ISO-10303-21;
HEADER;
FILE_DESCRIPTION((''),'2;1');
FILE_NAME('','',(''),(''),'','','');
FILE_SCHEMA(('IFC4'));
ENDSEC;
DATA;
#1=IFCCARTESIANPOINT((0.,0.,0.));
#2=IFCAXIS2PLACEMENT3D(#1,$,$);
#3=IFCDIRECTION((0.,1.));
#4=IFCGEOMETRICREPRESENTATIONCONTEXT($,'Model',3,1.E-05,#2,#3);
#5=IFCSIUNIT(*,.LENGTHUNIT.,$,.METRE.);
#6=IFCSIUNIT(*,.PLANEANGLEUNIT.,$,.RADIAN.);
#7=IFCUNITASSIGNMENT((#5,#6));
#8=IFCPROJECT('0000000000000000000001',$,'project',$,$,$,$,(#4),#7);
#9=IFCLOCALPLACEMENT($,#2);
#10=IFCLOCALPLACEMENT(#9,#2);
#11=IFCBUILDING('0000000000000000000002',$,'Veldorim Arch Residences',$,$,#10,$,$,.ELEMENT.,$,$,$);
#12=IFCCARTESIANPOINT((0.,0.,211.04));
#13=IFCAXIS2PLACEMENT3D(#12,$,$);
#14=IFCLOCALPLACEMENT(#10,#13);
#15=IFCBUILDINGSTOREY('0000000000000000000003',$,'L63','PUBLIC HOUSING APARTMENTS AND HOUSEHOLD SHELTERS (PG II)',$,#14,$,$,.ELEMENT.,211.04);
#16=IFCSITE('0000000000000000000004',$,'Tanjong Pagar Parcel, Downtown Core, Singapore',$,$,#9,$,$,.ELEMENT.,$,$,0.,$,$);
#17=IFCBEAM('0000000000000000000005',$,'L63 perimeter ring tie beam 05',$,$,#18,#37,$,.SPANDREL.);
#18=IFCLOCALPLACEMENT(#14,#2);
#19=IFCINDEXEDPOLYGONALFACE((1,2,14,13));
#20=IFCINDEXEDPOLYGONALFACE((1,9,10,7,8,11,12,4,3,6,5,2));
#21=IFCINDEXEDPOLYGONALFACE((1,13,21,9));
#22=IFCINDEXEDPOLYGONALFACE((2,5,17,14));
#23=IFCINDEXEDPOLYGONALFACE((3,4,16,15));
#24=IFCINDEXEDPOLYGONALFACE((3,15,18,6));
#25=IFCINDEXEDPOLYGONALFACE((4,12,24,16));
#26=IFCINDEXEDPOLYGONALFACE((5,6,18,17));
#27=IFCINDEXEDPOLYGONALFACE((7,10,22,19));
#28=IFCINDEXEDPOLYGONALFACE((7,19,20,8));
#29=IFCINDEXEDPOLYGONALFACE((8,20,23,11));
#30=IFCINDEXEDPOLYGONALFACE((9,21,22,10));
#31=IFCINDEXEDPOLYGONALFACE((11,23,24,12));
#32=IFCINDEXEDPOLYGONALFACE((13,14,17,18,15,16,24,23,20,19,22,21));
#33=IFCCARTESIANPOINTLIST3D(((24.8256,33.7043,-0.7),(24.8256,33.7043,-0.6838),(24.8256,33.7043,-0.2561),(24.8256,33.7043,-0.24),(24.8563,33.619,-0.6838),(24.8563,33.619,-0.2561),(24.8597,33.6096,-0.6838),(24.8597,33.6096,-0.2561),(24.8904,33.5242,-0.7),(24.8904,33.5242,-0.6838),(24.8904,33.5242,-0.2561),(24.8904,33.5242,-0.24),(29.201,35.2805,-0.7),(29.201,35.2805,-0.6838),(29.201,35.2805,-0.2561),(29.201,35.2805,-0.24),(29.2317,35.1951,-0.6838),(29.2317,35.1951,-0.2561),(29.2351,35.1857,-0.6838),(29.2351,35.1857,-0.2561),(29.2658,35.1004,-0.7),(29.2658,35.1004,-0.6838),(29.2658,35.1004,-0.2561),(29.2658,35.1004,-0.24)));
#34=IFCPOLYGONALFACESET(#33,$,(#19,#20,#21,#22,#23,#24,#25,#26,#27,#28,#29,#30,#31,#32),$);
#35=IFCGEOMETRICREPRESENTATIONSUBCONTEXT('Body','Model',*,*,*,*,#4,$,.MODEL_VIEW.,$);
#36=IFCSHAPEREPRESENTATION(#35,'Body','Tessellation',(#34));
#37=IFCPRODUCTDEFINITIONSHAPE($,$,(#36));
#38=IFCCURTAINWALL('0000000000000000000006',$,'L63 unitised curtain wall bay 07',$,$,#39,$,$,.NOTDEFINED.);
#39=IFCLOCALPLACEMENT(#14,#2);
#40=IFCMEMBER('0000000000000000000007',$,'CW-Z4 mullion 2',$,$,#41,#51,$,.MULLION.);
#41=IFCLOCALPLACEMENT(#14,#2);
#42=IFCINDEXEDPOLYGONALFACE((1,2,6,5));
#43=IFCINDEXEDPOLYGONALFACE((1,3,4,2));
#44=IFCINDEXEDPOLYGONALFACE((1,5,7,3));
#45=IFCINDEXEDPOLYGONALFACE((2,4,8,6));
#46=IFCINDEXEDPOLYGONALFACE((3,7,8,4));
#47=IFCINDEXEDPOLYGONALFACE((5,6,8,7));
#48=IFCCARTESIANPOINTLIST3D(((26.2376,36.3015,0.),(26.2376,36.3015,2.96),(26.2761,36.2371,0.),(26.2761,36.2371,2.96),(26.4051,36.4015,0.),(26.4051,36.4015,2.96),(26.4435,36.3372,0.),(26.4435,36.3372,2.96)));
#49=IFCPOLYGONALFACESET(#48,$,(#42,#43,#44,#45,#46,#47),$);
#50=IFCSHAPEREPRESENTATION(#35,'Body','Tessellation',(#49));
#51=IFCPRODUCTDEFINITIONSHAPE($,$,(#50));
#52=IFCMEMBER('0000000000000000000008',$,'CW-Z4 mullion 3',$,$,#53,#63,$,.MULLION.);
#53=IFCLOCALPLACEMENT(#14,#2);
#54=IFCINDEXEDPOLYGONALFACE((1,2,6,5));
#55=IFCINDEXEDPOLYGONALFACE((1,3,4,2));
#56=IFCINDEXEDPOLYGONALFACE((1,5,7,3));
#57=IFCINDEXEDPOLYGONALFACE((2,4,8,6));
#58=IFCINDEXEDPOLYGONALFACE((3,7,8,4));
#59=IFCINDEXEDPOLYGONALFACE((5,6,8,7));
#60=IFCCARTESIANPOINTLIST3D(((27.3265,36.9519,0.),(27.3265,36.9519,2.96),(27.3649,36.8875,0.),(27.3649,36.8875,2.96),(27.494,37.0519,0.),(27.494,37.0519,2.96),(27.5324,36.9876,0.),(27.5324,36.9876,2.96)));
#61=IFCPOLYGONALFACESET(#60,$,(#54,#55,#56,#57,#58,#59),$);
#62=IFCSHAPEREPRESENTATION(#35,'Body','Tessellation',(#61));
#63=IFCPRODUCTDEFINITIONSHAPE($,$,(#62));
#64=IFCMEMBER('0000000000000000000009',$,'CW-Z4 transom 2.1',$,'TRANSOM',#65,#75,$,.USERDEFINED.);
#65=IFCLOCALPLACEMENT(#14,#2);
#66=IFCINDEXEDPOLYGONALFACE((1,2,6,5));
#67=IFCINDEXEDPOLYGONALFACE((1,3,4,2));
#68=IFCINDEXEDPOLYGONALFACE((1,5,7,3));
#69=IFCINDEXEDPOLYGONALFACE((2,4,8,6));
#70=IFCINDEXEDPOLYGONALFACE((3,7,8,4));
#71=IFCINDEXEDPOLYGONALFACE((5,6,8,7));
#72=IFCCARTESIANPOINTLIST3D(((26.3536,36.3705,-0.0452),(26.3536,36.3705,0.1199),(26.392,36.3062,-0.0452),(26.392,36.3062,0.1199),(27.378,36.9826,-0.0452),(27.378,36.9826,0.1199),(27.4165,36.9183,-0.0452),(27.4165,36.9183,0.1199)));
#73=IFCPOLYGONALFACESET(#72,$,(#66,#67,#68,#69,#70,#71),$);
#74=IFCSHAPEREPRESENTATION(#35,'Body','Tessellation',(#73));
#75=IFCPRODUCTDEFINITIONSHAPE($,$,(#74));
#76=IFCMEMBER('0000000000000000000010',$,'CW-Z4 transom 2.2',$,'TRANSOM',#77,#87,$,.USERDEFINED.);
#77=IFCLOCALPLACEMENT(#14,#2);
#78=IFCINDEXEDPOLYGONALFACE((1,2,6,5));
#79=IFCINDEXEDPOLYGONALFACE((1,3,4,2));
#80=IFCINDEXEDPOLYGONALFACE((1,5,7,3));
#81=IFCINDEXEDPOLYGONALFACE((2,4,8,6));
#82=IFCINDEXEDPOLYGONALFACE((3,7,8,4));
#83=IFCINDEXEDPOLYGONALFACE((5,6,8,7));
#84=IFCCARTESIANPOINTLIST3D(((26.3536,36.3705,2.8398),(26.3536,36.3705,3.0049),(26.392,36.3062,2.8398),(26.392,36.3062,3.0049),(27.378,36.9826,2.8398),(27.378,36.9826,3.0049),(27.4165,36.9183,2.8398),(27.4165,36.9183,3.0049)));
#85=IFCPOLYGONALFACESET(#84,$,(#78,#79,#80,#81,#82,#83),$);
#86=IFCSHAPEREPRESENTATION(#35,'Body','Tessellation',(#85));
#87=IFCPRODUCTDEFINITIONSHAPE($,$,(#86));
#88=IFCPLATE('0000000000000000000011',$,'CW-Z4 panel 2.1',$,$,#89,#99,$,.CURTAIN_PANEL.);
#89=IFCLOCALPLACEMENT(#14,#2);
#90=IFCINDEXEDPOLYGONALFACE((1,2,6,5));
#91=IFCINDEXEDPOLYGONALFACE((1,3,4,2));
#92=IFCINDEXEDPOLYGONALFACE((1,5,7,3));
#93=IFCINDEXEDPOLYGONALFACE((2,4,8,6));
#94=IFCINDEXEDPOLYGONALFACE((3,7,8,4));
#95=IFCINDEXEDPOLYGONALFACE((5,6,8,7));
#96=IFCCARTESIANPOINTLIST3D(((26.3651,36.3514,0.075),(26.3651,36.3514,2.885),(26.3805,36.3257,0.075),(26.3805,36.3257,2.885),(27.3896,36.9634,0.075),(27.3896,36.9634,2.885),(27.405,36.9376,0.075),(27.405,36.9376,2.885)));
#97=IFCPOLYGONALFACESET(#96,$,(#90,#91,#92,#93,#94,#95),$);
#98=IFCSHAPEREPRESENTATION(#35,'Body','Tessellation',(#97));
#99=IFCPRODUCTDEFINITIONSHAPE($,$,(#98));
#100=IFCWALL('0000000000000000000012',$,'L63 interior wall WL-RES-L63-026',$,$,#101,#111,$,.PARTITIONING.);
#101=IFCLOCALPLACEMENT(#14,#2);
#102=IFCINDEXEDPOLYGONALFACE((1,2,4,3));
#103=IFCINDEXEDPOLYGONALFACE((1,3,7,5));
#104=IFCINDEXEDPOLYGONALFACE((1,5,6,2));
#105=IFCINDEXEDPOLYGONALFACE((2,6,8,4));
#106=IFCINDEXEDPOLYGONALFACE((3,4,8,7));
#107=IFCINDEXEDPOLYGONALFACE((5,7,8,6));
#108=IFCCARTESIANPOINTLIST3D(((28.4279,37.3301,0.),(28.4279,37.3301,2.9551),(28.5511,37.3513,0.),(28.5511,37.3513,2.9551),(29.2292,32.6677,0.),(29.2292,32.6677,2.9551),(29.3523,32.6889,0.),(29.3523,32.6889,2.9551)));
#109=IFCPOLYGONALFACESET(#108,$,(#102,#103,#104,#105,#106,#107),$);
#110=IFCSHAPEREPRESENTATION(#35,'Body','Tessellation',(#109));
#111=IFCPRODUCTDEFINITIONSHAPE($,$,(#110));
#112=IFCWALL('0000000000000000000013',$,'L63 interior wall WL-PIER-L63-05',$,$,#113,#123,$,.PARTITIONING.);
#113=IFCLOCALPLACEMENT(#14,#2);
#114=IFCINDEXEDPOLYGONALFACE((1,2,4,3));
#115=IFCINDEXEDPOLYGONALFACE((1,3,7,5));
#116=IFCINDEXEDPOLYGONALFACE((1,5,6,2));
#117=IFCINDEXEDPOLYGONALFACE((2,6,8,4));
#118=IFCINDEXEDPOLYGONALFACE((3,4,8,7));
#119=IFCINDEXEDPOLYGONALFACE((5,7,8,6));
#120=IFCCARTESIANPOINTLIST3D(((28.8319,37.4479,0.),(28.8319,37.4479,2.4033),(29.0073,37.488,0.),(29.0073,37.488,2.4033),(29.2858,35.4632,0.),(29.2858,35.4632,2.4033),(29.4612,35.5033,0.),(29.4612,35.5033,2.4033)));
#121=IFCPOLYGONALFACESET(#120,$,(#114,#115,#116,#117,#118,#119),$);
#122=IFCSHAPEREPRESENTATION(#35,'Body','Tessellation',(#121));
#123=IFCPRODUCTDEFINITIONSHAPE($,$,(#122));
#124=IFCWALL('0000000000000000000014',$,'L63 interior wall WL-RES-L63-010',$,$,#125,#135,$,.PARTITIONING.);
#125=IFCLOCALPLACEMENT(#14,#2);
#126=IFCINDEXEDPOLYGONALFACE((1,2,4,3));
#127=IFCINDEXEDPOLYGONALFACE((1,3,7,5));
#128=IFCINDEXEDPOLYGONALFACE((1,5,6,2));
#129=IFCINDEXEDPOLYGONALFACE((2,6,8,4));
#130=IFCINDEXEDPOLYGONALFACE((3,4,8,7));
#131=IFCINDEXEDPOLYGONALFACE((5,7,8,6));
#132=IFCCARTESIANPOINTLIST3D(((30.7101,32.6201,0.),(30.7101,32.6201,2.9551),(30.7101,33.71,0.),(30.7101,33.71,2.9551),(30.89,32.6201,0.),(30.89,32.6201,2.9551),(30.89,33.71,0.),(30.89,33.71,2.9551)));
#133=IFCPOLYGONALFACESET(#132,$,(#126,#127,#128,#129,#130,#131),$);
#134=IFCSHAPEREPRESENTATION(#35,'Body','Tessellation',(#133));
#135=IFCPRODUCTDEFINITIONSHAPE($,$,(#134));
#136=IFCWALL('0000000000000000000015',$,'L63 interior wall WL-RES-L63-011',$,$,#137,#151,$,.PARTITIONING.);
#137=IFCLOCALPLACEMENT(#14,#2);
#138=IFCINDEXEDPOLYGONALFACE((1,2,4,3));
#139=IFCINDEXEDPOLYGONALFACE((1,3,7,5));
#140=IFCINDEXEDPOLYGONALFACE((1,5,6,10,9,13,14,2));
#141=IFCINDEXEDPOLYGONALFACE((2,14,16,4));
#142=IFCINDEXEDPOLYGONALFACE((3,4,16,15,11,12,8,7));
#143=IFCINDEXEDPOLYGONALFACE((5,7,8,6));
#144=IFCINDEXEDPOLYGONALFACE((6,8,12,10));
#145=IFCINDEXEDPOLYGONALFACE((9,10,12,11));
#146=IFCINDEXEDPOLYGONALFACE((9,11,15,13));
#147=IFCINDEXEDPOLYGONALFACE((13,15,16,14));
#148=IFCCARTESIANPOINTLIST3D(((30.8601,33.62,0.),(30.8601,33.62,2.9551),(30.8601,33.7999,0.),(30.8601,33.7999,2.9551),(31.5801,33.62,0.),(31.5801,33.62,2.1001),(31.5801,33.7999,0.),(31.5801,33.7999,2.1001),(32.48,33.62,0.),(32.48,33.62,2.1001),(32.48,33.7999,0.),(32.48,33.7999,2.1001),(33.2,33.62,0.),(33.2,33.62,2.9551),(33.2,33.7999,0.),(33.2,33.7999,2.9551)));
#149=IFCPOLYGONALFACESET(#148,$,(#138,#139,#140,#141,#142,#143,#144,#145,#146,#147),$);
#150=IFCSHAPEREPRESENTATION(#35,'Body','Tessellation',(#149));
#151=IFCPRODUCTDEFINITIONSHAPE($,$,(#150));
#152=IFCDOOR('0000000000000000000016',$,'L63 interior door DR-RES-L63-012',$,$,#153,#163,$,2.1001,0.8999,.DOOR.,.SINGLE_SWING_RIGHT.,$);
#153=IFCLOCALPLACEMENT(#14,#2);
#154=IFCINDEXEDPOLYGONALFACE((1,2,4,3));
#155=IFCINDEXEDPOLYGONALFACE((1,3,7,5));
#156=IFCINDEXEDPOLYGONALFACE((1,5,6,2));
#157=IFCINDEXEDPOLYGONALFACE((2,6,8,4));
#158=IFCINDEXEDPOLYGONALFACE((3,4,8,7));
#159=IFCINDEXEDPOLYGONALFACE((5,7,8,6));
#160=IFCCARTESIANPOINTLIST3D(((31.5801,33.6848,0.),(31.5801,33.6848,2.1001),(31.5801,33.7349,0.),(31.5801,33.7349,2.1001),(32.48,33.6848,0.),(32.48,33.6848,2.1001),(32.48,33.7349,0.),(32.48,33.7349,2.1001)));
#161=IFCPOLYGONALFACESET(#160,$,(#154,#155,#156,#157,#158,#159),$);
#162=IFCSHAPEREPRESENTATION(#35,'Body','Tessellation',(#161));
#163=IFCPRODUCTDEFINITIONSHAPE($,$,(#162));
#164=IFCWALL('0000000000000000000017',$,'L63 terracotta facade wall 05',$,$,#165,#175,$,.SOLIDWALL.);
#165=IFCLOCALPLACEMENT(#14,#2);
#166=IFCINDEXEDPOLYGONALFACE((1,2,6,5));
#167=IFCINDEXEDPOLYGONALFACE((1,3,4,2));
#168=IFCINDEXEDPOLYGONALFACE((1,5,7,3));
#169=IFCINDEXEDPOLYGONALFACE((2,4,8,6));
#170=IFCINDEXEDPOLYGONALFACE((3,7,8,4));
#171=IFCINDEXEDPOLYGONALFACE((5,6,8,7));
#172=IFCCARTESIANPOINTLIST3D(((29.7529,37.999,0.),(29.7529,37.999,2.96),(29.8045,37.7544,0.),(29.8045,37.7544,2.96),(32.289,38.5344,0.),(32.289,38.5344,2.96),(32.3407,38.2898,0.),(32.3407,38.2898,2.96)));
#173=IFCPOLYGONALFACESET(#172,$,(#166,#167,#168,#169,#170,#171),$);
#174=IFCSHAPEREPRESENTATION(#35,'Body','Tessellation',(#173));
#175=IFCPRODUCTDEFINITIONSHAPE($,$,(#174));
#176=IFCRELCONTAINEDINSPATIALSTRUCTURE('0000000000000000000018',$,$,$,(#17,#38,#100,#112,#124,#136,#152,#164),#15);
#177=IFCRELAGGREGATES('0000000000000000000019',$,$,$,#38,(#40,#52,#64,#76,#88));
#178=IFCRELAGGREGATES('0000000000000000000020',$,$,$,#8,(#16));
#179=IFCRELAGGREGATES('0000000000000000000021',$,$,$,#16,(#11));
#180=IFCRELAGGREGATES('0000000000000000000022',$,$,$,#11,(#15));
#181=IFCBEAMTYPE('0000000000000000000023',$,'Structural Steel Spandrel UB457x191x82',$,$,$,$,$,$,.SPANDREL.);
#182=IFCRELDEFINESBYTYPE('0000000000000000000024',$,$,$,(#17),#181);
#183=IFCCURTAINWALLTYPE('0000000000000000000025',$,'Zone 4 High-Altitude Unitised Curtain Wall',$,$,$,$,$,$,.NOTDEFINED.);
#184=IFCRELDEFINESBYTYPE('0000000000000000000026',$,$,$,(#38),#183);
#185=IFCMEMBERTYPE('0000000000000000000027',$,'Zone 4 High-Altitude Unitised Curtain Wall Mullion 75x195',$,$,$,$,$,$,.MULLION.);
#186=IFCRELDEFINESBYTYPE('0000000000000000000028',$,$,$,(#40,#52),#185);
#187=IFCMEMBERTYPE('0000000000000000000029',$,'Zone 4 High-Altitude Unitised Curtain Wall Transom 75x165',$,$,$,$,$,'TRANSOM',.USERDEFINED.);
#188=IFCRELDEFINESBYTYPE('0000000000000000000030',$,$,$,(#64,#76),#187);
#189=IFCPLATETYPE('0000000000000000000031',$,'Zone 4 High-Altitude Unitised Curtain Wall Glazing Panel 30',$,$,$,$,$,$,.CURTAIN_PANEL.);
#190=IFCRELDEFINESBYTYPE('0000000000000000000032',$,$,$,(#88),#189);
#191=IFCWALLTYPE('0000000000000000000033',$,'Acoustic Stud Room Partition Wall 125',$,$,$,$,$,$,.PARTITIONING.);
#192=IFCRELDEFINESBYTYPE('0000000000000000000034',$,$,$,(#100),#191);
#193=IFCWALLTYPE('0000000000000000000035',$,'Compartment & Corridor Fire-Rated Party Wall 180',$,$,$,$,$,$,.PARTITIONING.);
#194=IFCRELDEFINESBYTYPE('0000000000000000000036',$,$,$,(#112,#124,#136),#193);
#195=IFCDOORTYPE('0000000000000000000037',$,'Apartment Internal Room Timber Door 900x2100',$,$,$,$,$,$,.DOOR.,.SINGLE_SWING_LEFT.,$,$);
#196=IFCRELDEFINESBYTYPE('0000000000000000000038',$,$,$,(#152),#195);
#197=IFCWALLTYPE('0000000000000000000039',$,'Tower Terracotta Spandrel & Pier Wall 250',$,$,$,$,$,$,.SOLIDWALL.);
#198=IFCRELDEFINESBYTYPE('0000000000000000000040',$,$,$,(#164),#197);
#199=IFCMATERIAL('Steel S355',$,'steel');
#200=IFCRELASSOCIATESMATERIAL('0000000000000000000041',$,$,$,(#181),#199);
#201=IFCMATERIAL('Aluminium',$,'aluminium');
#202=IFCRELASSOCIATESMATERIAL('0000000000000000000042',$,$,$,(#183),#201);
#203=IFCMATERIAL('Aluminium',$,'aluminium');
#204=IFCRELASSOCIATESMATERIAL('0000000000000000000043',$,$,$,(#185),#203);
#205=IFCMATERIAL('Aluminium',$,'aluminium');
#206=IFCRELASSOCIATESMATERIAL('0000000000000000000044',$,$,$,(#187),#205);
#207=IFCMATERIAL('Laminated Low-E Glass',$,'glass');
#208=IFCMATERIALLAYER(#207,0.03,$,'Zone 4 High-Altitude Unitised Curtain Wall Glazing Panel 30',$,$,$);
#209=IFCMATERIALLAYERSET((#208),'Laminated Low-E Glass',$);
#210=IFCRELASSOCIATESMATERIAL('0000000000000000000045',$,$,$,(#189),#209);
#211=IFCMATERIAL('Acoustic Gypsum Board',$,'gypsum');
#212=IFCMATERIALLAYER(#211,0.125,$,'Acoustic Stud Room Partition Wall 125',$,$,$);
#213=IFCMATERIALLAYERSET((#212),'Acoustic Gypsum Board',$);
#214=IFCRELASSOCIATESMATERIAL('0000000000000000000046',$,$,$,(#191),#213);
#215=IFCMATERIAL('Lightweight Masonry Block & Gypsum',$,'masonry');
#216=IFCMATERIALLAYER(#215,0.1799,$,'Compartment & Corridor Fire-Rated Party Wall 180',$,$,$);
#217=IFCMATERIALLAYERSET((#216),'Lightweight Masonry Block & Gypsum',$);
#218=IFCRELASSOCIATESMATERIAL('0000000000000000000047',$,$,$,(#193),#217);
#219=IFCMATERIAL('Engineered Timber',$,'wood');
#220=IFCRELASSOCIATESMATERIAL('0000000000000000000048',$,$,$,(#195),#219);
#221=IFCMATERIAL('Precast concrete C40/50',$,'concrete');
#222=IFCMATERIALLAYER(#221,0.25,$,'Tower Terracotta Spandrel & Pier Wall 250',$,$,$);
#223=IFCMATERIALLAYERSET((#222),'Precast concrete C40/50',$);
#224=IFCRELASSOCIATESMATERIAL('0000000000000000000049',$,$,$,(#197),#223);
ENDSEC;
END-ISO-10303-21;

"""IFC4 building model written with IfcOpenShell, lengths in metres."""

from ifc_helpers import new_model, si_unit, direction, frame, frame_2d, origin, origin_2d, place, context, subcontext, project, spatial, rectangle, i_section, extrude, material, layer, layer_set, material_profile, profile_set, type_object, element, fill, aggregate, save


model = new_model("IFC4")

# Units and contexts
model_context = context("Model", 3, precision=1e-05, world=origin(), true_north=direction((0.0, 1.0)))
body_context = subcontext(model_context, "Body", "Model", "MODEL_VIEW")
ifc_project = project(units=[si_unit("LENGTHUNIT", "METRE"), si_unit("PLANEANGLEUNIT", "RADIAN")], contexts=[model_context])

# Site, building, storey
site_placement = place(None, origin())
site = spatial("IfcSite", under=ifc_project, at=site_placement, Name="Tanjong Pagar Parcel, Downtown Core, Singapore", CompositionType="ELEMENT", RefElevation=0.0)
building_placement = place(site_placement, origin())
building = spatial("IfcBuilding", under=site, at=building_placement, Name="Veldorim Arch Residences", CompositionType="ELEMENT")
storey_placement = place(building_placement, frame((0.0, 0.0, 211.04)))
storey = spatial("IfcBuildingStorey", under=building, at=storey_placement, Name="L63", Description="PUBLIC HOUSING APARTMENTS AND HOUSEHOLD SHELTERS (PG II)", CompositionType="ELEMENT", Elevation=211.04)

# Beam
ifc_material_1 = material(Name="Steel S355", Category="steel")
ifc_material_profile_1 = material_profile(ifc_material_1, i_section(OverallWidth=0.1914, OverallDepth=0.46, WebThickness=0.01, FlangeThickness=0.0161, at=origin_2d()), Name="UB457x191x82")
ifc_profile_set_1 = profile_set([ifc_material_profile_1], Name="Steel S355")
beam_type_1 = type_object("IfcBeamType", Name="Structural Steel Spandrel UB457x191x82", PredefinedType="SPANDREL", material=ifc_profile_set_1)
beam_1_placement = place(storey_placement, frame((29.2334, 35.1904, -0.47), z_axis=(-0.940819, -0.338909, 0.0), x_axis=(0.338909, -0.940819, 0.0)))
element("IfcBeam", 1, at=beam_1_placement, inside=storey, type_object=beam_type_1, Name="L63 perimeter ring tie beam 05", PredefinedType="SPANDREL", context=body_context, shape_type="SweptSolid", body=[
    extrude(i_section(OverallWidth=0.1914, OverallDepth=0.46, WebThickness=0.01, FlangeThickness=0.0161, at=origin_2d()), origin(), (0.0, 0.0, 1.0), 4.6506),
])

# Curtain wall, members, plate
ifc_material_2 = material(Name="Aluminium", Category="aluminium")
curtain_wall_type = type_object("IfcCurtainWallType", Name="Zone 4 High-Altitude Unitised Curtain Wall", PredefinedType="NOTDEFINED", material=ifc_material_2)
curtain_wall_placement = place(storey_placement, origin())
curtain_wall = element("IfcCurtainWall", 2, at=curtain_wall_placement, inside=storey, type_object=curtain_wall_type, Name="L63 unitised curtain wall bay 07", PredefinedType="NOTDEFINED")
ifc_material_3 = material(Name="Aluminium", Category="aluminium")
ifc_material_profile_2 = material_profile(ifc_material_3, rectangle(XDim=0.075, YDim=0.1951, at=origin_2d()), Name="ALU_MUL_75x195")
ifc_profile_set_2 = profile_set([ifc_material_profile_2], Name="Aluminium")
member_type_1 = type_object("IfcMemberType", Name="Zone 4 High-Altitude Unitised Curtain Wall Mullion 75x195", PredefinedType="MULLION", material=ifc_profile_set_2)
member_1_placement = place(storey_placement, frame((26.3406, 36.3193, 0.0), z_axis=(0.0, 0.0, 1.0), x_axis=(-0.512817, 0.858498, 0.0)))
member_1 = element("IfcMember", 3, at=member_1_placement, type_object=member_type_1, Name="CW-Z4 mullion 2", PredefinedType="MULLION", context=body_context, shape_type="SweptSolid", body=[
    extrude(rectangle(XDim=0.075, YDim=0.1951, at=origin_2d()), origin(), (0.0, 0.0, 1.0), 2.96),
])
member_2_placement = place(storey_placement, frame((27.4294, 36.9697, 0.0), z_axis=(0.0, 0.0, 1.0), x_axis=(-0.512817, 0.858498, 0.0)))
member_2 = element("IfcMember", 4, at=member_2_placement, type_object=member_type_1, Name="CW-Z4 mullion 3", PredefinedType="MULLION", context=body_context, shape_type="SweptSolid", body=[
    extrude(rectangle(XDim=0.075, YDim=0.1951, at=origin_2d()), origin(), (0.0, 0.0, 1.0), 2.96),
])
ifc_material_4 = material(Name="Aluminium", Category="aluminium")
ifc_material_profile_3 = material_profile(ifc_material_4, rectangle(XDim=0.075, YDim=0.165, at=origin_2d()), Name="ALU_TRN_75x165")
ifc_profile_set_3 = profile_set([ifc_material_profile_3], Name="Aluminium")
member_type_2 = type_object("IfcMemberType", Name="Zone 4 High-Altitude Unitised Curtain Wall Transom 75x165", ElementType="TRANSOM", PredefinedType="USERDEFINED", material=ifc_profile_set_3)
member_3_placement = place(storey_placement, frame((26.3728, 36.3384, 0.0374), z_axis=(0.858448, 0.5129, 0.0), x_axis=(-0.5129, 0.858448, 0.0)))
member_3 = element("IfcMember", 5, at=member_3_placement, type_object=member_type_2, Name="CW-Z4 transom 2.1", ObjectType="TRANSOM", PredefinedType="USERDEFINED", context=body_context, shape_type="SweptSolid", body=[
    extrude(rectangle(XDim=0.075, YDim=0.165, at=origin_2d()), origin(), (0.0, 0.0, 1.0), 1.1934),
])
member_4_placement = place(storey_placement, frame((26.3728, 36.3384, 2.9224), z_axis=(0.858448, 0.5129, 0.0), x_axis=(-0.5129, 0.858448, 0.0)))
member_4 = element("IfcMember", 6, at=member_4_placement, type_object=member_type_2, Name="CW-Z4 transom 2.2", ObjectType="TRANSOM", PredefinedType="USERDEFINED", context=body_context, shape_type="SweptSolid", body=[
    extrude(rectangle(XDim=0.075, YDim=0.165, at=origin_2d()), origin(), (0.0, 0.0, 1.0), 1.1934),
])
ifc_material_5 = material(Name="Laminated Low-E Glass", Category="glass")
ifc_layer_1 = layer(ifc_material_5, 0.03, Name="Zone 4 High-Altitude Unitised Curtain Wall Glazing Panel 30")
ifc_layer_set_1 = layer_set([ifc_layer_1], Name="Laminated Low-E Glass")
plate_type = type_object("IfcPlateType", Name="Zone 4 High-Altitude Unitised Curtain Wall Glazing Panel 30", PredefinedType="CURTAIN_PANEL", material=ifc_layer_set_1)
plate_placement = place(storey_placement, frame((26.885, 36.6445, 0.075), z_axis=(0.0, 0.0, 1.0), x_axis=(0.858498, 0.512817, 0.0)))
plate = element("IfcPlate", 7, at=plate_placement, type_object=plate_type, Name="CW-Z4 panel 2.1", PredefinedType="CURTAIN_PANEL", context=body_context, shape_type="SweptSolid", body=[
    extrude(rectangle(XDim=1.1934, YDim=0.03, at=origin_2d()), origin(), (0.0, 0.0, 1.0), 2.8101),
])
aggregate(curtain_wall, [member_1, member_2, member_3, member_4, plate])

# Walls
ifc_material_6 = material(Name="Acoustic Gypsum Board", Category="gypsum")
ifc_layer_2 = layer(ifc_material_6, 0.125, Name="Acoustic Stud Room Partition Wall 125")
ifc_layer_set_2 = layer_set([ifc_layer_2], Name="Acoustic Gypsum Board")
wall_type_1 = type_object("IfcWallType", Name="Acoustic Stud Room Partition Wall 125", PredefinedType="PARTITIONING", material=ifc_layer_set_2)
wall_1_placement = place(storey_placement, frame((28.4895, 37.3406, 0.0), z_axis=(0.0, 0.0, 1.0), x_axis=(0.169376, -0.985551, 0.0)))
element("IfcWall", 8, at=wall_1_placement, inside=storey, type_object=wall_type_1, Name="L63 interior wall WL-RES-L63-026", PredefinedType="PARTITIONING", context=body_context, shape_type="SweptSolid", body=[
    extrude(rectangle(XDim=4.7307, YDim=0.125, at=frame_2d((2.3652, 0.0))), origin(), (0.0, 0.0, 1.0), 2.9551),
])
ifc_material_7 = material(Name="Lightweight Masonry Block & Gypsum", Category="masonry")
ifc_layer_3 = layer(ifc_material_7, 0.1799, Name="Compartment & Corridor Fire-Rated Party Wall 180")
ifc_layer_set_3 = layer_set([ifc_layer_3], Name="Lightweight Masonry Block & Gypsum")
wall_type_2 = type_object("IfcWallType", Name="Compartment & Corridor Fire-Rated Party Wall 180", PredefinedType="PARTITIONING", material=ifc_layer_set_3)
wall_2_placement = place(storey_placement, frame((29.3735, 35.4832, 0.0), z_axis=(0.0, 0.0, 1.0), x_axis=(-0.222932, 0.974834, 0.0)))
element("IfcWall", 9, at=wall_2_placement, inside=storey, type_object=wall_type_2, Name="L63 interior wall WL-PIER-L63-05", PredefinedType="PARTITIONING", context=body_context, shape_type="SweptSolid", body=[
    extrude(rectangle(XDim=2.0359, YDim=0.1799, at=frame_2d((1.0181, 0.0))), origin(), (0.0, 0.0, 1.0), 2.4033),
])
wall_3_placement = place(storey_placement, frame((30.8, 32.6201, 0.0), z_axis=(0.0, 0.0, 1.0), x_axis=(0.0, 1.0, 0.0)))
element("IfcWall", 10, at=wall_3_placement, inside=storey, type_object=wall_type_2, Name="L63 interior wall WL-RES-L63-010", PredefinedType="PARTITIONING", context=body_context, shape_type="SweptSolid", body=[
    extrude(rectangle(XDim=1.0898, YDim=0.1799, at=frame_2d((0.5449, 0.0))), origin(), (0.0, 0.0, 1.0), 2.9551),
])

# Wall, opening, door
wall_4_placement = place(storey_placement, frame((30.8601, 33.71, 0.0), z_axis=(0.0, 0.0, 1.0), x_axis=(1.0, 0.0, 0.0)))
wall_4 = element("IfcWall", 11, at=wall_4_placement, inside=storey, type_object=wall_type_2, Name="L63 interior wall WL-RES-L63-011", PredefinedType="PARTITIONING", context=body_context, shape_type="SweptSolid", body=[
    extrude(rectangle(XDim=2.3398, YDim=0.1799, at=frame_2d((1.1699, 0.0))), origin(), (0.0, 0.0, 1.0), 2.9551),
])
opening_placement = place(wall_4_placement, frame((0.72, 0.0, 0.0)))
opening = element("IfcOpeningElement", 12, at=opening_placement, cuts=wall_4, PredefinedType="OPENING", context=body_context, shape_type="SweptSolid", body=[
    extrude(rectangle(XDim=0.8999, YDim=2.1001, at=frame_2d((0.45, 1.05))), frame((0.0, 0.0999, 0.0), z_axis=(0.0, -1.0, 0.0), x_axis=(1.0, 0.0, 0.0)), (0.0, 0.0, 1.0), 0.2),
])
ifc_material_8 = material(Name="Engineered Timber", Category="wood")
door_type = type_object("IfcDoorType", Name="Apartment Internal Room Timber Door 900x2100", OperationType="SINGLE_SWING_LEFT", PredefinedType="DOOR", material=ifc_material_8)
door_placement = place(opening_placement, origin())
door = element("IfcDoor", 13, at=door_placement, inside=storey, type_object=door_type, Name="L63 interior door DR-RES-L63-012", OperationType="SINGLE_SWING_RIGHT", OverallHeight=2.1001, OverallWidth=0.8999, PredefinedType="DOOR", context=body_context, shape_type="SweptSolid", body=[
    extrude(rectangle(XDim=0.8999, YDim=2.1001, at=frame_2d((0.45, 1.05))), frame((0.0, 0.0249, 0.0), z_axis=(0.0, -1.0, 0.0), x_axis=(1.0, 0.0, 0.0)), (0.0, 0.0, 1.0), 0.05),
])
fill(opening, door)

# Wall
ifc_material_9 = material(Name="Precast concrete C40/50", Category="concrete")
ifc_layer_4 = layer(ifc_material_9, 0.25, Name="Tower Terracotta Spandrel & Pier Wall 250")
ifc_layer_set_4 = layer_set([ifc_layer_4], Name="Precast concrete C40/50")
wall_type_3 = type_object("IfcWallType", Name="Tower Terracotta Spandrel & Pier Wall 250", PredefinedType="SOLIDWALL", material=ifc_layer_set_4)
wall_5_placement = place(storey_placement, frame((29.7788, 37.8767, 0.0), z_axis=(0.0, 0.0, 1.0), x_axis=(0.978435, 0.206556, 0.0)))
element("IfcWall", 14, at=wall_5_placement, inside=storey, type_object=wall_type_3, Name="L63 terracotta facade wall 05", PredefinedType="SOLIDWALL", context=body_context, shape_type="SweptSolid", body=[
    extrude(rectangle(XDim=2.592, YDim=0.25, at=frame_2d((1.2959, 0.0))), origin(), (0.0, 0.0, 1.0), 2.96),
])

save(model, "model.ifc")
